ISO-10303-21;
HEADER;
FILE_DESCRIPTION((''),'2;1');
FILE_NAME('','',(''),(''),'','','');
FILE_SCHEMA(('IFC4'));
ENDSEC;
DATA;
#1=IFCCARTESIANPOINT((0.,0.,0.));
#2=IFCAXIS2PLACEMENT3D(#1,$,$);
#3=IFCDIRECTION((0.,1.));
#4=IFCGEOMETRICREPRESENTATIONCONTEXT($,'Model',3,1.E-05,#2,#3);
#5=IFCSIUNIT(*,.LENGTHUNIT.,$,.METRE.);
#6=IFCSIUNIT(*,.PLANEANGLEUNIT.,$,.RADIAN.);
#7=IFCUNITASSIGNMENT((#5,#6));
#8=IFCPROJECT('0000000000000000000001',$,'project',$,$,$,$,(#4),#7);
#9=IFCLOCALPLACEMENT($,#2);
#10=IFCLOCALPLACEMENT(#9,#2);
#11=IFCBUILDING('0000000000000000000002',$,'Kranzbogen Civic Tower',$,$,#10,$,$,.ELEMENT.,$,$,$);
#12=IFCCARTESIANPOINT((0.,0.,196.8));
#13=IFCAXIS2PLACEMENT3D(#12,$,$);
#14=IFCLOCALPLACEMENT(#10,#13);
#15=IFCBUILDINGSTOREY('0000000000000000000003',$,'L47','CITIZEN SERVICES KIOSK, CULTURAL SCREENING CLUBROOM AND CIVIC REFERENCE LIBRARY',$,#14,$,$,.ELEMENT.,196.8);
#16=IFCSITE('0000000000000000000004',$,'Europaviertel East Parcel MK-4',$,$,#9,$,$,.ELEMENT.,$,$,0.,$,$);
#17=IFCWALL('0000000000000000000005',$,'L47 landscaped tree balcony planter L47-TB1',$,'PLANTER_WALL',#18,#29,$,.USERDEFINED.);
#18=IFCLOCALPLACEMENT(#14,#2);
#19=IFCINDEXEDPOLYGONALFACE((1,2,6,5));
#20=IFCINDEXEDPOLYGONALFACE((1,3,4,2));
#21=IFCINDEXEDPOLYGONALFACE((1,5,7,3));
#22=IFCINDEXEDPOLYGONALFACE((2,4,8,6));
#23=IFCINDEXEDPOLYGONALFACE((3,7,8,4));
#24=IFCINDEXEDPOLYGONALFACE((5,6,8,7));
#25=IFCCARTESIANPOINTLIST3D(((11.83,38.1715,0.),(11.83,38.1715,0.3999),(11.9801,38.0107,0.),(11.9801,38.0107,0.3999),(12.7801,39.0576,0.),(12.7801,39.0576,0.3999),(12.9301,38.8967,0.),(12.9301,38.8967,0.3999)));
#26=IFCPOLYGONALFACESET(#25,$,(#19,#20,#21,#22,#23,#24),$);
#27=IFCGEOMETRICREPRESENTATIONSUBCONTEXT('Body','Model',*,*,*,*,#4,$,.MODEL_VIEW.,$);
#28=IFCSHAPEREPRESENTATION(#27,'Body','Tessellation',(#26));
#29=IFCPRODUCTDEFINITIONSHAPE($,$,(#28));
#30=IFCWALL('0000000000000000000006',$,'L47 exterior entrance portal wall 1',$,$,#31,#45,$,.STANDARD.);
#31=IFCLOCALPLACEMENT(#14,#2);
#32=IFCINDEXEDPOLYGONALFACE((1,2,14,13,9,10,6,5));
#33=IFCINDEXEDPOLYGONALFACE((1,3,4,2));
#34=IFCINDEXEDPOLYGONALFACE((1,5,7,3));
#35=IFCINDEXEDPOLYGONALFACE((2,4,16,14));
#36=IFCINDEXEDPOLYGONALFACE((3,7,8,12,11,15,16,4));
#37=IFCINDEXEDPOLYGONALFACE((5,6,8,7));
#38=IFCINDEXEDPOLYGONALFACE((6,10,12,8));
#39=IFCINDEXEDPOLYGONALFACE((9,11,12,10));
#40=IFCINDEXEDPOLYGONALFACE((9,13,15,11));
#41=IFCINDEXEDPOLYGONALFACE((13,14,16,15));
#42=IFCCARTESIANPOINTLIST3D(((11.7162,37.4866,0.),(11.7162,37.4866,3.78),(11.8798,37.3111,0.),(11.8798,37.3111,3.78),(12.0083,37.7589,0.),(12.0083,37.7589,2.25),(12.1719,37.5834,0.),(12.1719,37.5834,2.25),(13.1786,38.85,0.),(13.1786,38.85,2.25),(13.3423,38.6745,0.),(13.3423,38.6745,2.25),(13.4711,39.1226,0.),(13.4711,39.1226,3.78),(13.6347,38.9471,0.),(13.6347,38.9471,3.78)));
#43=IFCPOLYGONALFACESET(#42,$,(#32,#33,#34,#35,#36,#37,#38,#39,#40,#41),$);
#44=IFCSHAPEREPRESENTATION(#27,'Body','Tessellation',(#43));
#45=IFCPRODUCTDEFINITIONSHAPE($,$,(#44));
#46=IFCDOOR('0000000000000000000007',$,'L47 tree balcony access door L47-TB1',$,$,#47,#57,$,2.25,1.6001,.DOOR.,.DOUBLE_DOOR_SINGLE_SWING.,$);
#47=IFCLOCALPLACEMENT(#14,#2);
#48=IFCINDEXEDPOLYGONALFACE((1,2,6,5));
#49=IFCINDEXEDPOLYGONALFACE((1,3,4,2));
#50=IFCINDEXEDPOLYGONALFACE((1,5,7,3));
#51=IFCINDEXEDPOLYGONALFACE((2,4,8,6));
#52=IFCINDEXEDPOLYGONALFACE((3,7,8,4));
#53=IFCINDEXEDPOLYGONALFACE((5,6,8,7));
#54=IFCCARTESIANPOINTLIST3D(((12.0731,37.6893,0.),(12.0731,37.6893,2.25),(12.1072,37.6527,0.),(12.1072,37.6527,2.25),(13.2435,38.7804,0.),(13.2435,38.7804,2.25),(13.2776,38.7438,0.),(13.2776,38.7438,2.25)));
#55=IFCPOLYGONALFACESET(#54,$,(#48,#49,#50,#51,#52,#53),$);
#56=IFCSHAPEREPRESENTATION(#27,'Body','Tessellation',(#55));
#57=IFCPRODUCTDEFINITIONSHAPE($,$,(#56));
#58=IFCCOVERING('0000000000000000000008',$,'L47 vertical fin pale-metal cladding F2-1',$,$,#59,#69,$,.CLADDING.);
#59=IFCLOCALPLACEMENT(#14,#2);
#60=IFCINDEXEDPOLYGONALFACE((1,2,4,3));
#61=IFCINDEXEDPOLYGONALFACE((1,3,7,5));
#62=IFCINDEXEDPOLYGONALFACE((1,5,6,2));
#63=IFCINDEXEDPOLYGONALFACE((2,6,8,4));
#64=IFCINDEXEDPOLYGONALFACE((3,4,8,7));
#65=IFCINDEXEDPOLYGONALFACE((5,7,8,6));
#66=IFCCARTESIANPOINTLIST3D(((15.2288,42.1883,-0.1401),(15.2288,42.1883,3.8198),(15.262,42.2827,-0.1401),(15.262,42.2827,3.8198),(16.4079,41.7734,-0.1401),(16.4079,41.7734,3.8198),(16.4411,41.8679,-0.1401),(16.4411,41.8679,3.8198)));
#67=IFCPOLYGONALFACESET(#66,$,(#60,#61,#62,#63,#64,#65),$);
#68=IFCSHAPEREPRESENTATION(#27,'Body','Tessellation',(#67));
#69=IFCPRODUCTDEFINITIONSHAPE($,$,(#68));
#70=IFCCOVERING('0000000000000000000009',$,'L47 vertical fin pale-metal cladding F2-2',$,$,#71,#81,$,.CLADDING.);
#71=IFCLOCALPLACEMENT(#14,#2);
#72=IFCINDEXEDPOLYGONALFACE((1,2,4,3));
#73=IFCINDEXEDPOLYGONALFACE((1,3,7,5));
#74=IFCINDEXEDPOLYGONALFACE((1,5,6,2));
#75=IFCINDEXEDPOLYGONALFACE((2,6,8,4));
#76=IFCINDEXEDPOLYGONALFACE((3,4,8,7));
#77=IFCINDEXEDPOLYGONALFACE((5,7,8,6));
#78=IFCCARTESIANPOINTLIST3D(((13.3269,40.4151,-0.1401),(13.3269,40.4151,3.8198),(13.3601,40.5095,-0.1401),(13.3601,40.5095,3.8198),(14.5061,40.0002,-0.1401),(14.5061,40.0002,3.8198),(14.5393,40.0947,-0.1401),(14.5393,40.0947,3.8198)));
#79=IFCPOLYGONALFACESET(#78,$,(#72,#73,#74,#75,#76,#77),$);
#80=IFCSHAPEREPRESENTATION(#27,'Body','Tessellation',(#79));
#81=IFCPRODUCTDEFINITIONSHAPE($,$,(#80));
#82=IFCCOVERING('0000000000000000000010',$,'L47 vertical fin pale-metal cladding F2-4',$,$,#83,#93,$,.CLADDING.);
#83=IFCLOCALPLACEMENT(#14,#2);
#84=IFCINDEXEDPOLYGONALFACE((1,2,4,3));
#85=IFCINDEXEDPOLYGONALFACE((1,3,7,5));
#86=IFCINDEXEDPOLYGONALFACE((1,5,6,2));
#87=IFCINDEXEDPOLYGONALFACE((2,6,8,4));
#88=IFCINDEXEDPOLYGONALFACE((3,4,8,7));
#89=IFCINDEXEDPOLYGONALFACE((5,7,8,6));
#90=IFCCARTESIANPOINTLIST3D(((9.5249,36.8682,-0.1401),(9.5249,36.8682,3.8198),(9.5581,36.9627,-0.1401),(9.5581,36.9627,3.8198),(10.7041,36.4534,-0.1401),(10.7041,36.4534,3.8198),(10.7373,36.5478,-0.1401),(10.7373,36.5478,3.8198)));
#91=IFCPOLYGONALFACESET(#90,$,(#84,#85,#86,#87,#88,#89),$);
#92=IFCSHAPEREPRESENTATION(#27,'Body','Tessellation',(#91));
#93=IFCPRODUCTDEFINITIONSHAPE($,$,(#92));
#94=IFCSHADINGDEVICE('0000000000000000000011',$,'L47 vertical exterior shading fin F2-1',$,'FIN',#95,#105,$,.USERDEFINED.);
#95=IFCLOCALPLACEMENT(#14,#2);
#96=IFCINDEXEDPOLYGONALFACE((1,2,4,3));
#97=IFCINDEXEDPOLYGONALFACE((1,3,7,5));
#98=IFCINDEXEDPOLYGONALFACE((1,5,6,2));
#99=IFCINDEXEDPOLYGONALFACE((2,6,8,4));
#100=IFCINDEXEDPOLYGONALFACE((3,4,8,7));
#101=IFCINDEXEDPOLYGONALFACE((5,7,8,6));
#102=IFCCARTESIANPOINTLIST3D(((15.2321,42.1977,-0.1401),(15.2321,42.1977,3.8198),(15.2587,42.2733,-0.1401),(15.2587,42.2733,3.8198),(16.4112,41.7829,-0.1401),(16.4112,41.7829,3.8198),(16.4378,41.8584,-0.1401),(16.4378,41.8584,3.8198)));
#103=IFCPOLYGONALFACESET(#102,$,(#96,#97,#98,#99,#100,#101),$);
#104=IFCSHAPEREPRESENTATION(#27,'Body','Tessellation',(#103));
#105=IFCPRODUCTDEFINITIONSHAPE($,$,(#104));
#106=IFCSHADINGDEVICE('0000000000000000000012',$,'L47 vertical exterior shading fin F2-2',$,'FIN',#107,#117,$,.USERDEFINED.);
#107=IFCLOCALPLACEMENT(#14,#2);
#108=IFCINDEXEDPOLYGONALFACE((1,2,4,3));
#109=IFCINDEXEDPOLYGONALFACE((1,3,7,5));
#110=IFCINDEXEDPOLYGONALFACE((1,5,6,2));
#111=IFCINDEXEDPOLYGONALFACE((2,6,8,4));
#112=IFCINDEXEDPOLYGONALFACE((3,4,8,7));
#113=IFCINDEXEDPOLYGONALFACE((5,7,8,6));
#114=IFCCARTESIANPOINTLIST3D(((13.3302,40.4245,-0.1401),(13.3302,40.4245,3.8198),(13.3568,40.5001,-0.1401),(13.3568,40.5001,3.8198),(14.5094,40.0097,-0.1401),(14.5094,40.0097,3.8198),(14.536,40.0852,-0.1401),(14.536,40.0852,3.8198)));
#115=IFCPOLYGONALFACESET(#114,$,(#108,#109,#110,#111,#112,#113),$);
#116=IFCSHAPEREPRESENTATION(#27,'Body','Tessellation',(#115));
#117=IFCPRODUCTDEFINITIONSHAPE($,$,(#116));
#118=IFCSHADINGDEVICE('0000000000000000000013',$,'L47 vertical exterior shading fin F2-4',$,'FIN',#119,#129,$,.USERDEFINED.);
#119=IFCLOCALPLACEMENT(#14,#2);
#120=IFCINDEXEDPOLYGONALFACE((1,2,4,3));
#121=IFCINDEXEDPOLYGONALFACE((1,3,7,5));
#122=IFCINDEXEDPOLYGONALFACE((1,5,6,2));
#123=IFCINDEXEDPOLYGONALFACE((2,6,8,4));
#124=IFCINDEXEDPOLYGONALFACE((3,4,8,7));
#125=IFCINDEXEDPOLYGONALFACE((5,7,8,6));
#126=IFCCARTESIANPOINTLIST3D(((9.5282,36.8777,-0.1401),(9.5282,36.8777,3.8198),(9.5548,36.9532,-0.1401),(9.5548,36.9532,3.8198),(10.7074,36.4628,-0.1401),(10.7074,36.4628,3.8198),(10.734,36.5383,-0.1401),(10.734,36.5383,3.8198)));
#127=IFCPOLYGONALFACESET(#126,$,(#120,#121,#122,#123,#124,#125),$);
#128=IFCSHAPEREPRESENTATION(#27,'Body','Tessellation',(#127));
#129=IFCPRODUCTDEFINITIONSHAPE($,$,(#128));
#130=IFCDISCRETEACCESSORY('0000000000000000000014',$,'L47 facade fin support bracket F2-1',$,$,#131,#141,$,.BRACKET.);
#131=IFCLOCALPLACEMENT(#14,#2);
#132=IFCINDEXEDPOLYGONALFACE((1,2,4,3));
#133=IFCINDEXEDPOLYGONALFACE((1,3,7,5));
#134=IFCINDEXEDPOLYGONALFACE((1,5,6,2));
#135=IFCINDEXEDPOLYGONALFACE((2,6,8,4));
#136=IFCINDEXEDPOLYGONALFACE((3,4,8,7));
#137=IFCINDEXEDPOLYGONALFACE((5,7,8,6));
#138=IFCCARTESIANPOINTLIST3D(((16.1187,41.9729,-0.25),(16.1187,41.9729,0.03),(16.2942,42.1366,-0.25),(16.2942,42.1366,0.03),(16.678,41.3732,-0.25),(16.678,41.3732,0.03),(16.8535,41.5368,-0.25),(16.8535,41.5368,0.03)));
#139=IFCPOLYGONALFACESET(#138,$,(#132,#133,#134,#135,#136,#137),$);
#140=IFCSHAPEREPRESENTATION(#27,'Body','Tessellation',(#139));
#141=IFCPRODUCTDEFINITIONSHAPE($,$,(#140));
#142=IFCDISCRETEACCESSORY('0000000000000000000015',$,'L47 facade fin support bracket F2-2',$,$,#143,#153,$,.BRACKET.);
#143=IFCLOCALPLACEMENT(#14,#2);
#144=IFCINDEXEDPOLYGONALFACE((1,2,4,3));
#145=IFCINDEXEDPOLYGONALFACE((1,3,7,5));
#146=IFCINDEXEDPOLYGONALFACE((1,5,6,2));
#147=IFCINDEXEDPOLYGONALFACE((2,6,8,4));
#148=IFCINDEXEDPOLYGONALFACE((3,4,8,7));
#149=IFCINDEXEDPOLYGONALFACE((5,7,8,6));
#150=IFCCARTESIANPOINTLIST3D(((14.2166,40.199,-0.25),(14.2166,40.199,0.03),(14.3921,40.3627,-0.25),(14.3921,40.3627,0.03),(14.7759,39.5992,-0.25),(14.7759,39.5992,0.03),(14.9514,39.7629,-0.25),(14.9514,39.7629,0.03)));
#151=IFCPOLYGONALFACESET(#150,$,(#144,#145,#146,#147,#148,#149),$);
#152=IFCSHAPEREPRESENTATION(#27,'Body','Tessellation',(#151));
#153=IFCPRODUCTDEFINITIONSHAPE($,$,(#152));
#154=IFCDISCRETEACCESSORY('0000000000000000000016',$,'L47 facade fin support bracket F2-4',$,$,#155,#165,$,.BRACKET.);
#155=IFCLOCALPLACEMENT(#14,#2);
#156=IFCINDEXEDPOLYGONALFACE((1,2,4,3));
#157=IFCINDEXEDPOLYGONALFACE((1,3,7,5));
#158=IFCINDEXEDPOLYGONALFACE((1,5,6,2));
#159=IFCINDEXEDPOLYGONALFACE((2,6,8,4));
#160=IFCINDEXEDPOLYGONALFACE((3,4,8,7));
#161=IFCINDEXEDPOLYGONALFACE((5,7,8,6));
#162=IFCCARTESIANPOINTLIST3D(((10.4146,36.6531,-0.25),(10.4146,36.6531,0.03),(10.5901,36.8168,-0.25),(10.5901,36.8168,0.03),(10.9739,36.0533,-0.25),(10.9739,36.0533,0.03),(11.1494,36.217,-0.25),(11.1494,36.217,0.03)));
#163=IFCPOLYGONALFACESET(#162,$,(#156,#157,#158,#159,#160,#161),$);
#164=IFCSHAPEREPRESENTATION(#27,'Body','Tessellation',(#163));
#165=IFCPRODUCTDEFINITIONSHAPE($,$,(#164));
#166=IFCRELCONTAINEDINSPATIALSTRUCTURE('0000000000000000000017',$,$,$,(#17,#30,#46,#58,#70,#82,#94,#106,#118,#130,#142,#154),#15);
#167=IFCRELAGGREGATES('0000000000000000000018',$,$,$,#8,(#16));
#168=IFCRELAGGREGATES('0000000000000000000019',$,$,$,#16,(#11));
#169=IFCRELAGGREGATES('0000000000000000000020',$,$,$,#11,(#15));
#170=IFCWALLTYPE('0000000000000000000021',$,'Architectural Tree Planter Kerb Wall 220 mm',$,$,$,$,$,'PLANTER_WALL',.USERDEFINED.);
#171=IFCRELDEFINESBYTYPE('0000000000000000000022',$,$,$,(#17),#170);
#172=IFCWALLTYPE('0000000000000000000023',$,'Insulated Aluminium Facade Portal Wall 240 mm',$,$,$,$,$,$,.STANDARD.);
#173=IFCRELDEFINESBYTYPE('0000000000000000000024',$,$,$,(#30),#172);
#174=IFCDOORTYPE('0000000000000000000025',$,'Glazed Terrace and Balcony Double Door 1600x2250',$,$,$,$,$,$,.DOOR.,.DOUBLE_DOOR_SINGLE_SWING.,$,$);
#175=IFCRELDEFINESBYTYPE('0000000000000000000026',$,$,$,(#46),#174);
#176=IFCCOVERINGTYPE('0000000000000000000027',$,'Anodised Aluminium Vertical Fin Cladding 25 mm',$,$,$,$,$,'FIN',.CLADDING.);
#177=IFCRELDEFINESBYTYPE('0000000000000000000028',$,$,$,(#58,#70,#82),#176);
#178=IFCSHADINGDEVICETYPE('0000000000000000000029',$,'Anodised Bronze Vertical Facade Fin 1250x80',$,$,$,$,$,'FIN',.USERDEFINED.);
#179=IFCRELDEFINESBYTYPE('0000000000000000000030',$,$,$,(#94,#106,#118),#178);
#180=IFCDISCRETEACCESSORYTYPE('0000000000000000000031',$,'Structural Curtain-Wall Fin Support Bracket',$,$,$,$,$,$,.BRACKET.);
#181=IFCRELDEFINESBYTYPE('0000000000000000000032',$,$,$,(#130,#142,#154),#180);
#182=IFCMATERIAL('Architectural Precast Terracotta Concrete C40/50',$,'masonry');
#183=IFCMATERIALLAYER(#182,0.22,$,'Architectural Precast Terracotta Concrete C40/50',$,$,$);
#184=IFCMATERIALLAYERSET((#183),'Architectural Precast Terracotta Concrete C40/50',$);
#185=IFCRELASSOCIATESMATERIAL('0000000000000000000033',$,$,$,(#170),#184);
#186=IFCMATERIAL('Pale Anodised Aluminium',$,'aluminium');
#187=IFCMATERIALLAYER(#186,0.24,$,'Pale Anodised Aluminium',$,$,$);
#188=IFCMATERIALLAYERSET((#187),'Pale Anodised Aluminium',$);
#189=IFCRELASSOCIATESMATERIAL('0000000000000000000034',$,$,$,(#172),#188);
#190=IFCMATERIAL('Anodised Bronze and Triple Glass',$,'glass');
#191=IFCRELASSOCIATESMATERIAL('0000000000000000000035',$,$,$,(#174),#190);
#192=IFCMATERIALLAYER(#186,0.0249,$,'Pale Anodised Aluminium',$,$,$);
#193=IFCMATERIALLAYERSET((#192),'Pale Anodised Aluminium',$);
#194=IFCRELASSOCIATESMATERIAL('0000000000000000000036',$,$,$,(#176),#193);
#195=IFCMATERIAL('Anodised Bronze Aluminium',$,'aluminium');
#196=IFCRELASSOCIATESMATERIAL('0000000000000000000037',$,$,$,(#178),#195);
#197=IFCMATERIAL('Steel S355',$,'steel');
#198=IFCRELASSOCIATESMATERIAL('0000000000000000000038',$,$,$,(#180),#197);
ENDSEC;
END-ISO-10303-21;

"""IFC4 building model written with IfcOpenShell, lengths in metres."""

from ifc_helpers import new_model, si_unit, direction, frame, frame_2d, origin, origin_2d, place, context, subcontext, project, spatial, rectangle, extrude, material, layer, layer_set, type_object, element, fill, save


model = new_model("IFC4")

# Units and contexts
model_context = context("Model", 3, precision=1e-05, world=origin(), true_north=direction((0.0, 1.0)))
body_context = subcontext(model_context, "Body", "Model", "MODEL_VIEW")
ifc_project = project(units=[si_unit("LENGTHUNIT", "METRE"), si_unit("PLANEANGLEUNIT", "RADIAN")], contexts=[model_context])

# Site, building, storey
site_placement = place(None, origin())
site = spatial("IfcSite", under=ifc_project, at=site_placement, Name="Europaviertel East Parcel MK-4", CompositionType="ELEMENT", RefElevation=0.0)
building_placement = place(site_placement, origin())
building = spatial("IfcBuilding", under=site, at=building_placement, Name="Kranzbogen Civic Tower", CompositionType="ELEMENT")
storey_placement = place(building_placement, frame((0.0, 0.0, 196.8)))
storey = spatial("IfcBuildingStorey", under=building, at=storey_placement, Name="L47", Description="CITIZEN SERVICES KIOSK, CULTURAL SCREENING CLUBROOM AND CIVIC REFERENCE LIBRARY", CompositionType="ELEMENT", Elevation=196.8)

# Shared definitions
ifc_material_1 = material(Name="Steel S355", Category="steel")

# Shared definitions
ifc_material_2 = material(Name="Pale Anodised Aluminium", Category="aluminium")

# Wall
ifc_material_3 = material(Name="Architectural Precast Terracotta Concrete C40/50", Category="masonry")
ifc_layer_1 = layer(ifc_material_3, 0.22, Name="Architectural Precast Terracotta Concrete C40/50")
ifc_layer_set_1 = layer_set([ifc_layer_1], Name="Architectural Precast Terracotta Concrete C40/50")
wall_type_1 = type_object("IfcWallType", Name="Architectural Tree Planter Kerb Wall 220 mm", ElementType="PLANTER_WALL", PredefinedType="USERDEFINED", material=ifc_layer_set_1)
wall_1_placement = place(storey_placement, frame((12.855, 38.9771, 0.0), z_axis=(0.0, 0.0, 1.0), x_axis=(-0.731299, -0.682057, 0.0)))
element("IfcWall", 1, at=wall_1_placement, inside=storey, type_object=wall_type_1, Name="L47 landscaped tree balcony planter L47-TB1", ObjectType="PLANTER_WALL", PredefinedType="USERDEFINED", context=body_context, shape_type="SweptSolid", body=[
    extrude(rectangle(XDim=1.2991, YDim=0.22, at=frame_2d((0.6494, 0.0))), origin(), (0.0, 0.0, 1.0), 0.3999),
])

# Wall, opening, door
ifc_layer_2 = layer(ifc_material_2, 0.24, Name="Pale Anodised Aluminium")
ifc_layer_set_2 = layer_set([ifc_layer_2], Name="Pale Anodised Aluminium")
wall_type_2 = type_object("IfcWallType", Name="Insulated Aluminium Facade Portal Wall 240 mm", PredefinedType="STANDARD", material=ifc_layer_set_2)
wall_2_placement = place(storey_placement, frame((13.553, 39.0349, 0.0), z_axis=(0.0, 0.0, 1.0), x_axis=(-0.731451, -0.681894, 0.0)))
wall_2 = element("IfcWall", 2, at=wall_2_placement, inside=storey, type_object=wall_type_2, Name="L47 exterior entrance portal wall 1", PredefinedType="STANDARD", context=body_context, shape_type="SweptSolid", body=[
    extrude(rectangle(XDim=2.3992, YDim=0.24, at=frame_2d((1.1997, 0.0))), origin(), (0.0, 0.0, 1.0), 3.78),
])
opening_1_placement = place(wall_2_placement, frame((0.3999, 0.0, 0.0)))
opening_1 = element("IfcOpeningElement", 3, at=opening_1_placement, cuts=wall_2, PredefinedType="OPENING", context=body_context, shape_type="SweptSolid", body=[
    extrude(rectangle(XDim=1.6001, YDim=2.25, at=frame_2d((0.8, 1.125))), frame((0.0, 0.1299, 0.0), z_axis=(0.0, -1.0, 0.0), x_axis=(1.0, 0.0, 0.0)), (0.0, 0.0, 1.0), 0.26),
])
ifc_material_4 = material(Name="Anodised Bronze and Triple Glass", Category="glass")
door_type_1 = type_object("IfcDoorType", Name="Glazed Terrace and Balcony Double Door 1600x2250", OperationType="DOUBLE_DOOR_SINGLE_SWING", PredefinedType="DOOR", material=ifc_material_4)
door_1_placement = place(opening_1_placement, frame((1.6001, 0.0, 0.0), z_axis=(0.0, 0.0, 1.0), x_axis=(-1.0, 0.0, 0.0)))
door_1 = element("IfcDoor", 4, at=door_1_placement, inside=storey, type_object=door_type_1, Name="L47 tree balcony access door L47-TB1", OperationType="DOUBLE_DOOR_SINGLE_SWING", OverallHeight=2.25, OverallWidth=1.6001, PredefinedType="DOOR", context=body_context, shape_type="SweptSolid", body=[
    extrude(rectangle(XDim=1.6001, YDim=2.25, at=frame_2d((0.8, 1.125))), frame((0.0, 0.0249, 0.0), z_axis=(0.0, -1.0, 0.0), x_axis=(1.0, 0.0, 0.0)), (0.0, 0.0, 1.0), 0.05),
])
fill(opening_1, door_1)

# Coverings
ifc_layer_3 = layer(ifc_material_2, 0.0249, Name="Pale Anodised Aluminium")
ifc_layer_set_3 = layer_set([ifc_layer_3], Name="Pale Anodised Aluminium")
covering_type = type_object("IfcCoveringType", Name="Anodised Aluminium Vertical Fin Cladding 25 mm", ElementType="FIN", PredefinedType="CLADDING", material=ifc_layer_set_3)
for number, where, z_axis, x_axis, name in (
    (5, (15.835, 42.0281, -0.1401), (0.0, 0.0, 1.0), (-0.943315, 0.331898, 0.0), "L47 vertical fin pale-metal cladding F2-1"),
    (6, (13.9331, 40.2549, -0.1401), (0.0, 0.0, 1.0), (-0.943315, 0.331898, 0.0), "L47 vertical fin pale-metal cladding F2-2"),
    (7, (10.1311, 36.708, -0.1401), (0.0, 0.0, 1.0), (-0.943315, 0.331898, 0.0), "L47 vertical fin pale-metal cladding F2-4"),
):
    element("IfcCovering", number, at=place(storey_placement, frame(where, z_axis=z_axis, x_axis=x_axis)), inside=storey, type_object=covering_type, Name=name, PredefinedType="CLADDING", context=body_context, shape_type="SweptSolid", body=[
        extrude(rectangle(XDim=1.25, YDim=0.1001, at=origin_2d()), origin(), (0.0, 0.0, 1.0), 3.96),
    ])

# Shading devices
ifc_material_5 = material(Name="Anodised Bronze Aluminium", Category="aluminium")
shading_device_type = type_object("IfcShadingDeviceType", Name="Anodised Bronze Vertical Facade Fin 1250x80", ElementType="FIN", PredefinedType="USERDEFINED", material=ifc_material_5)
for number, where, z_axis, x_axis, name in (
    (8, (15.835, 42.0281, -0.1401), (0.0, 0.0, 1.0), (-0.943315, 0.331898, 0.0), "L47 vertical exterior shading fin F2-1"),
    (9, (13.9331, 40.2549, -0.1401), (0.0, 0.0, 1.0), (-0.943315, 0.331898, 0.0), "L47 vertical exterior shading fin F2-2"),
    (10, (10.1311, 36.708, -0.1401), (0.0, 0.0, 1.0), (-0.943315, 0.331898, 0.0), "L47 vertical exterior shading fin F2-4"),
):
    element("IfcShadingDevice", number, at=place(storey_placement, frame(where, z_axis=z_axis, x_axis=x_axis)), inside=storey, type_object=shading_device_type, Name=name, ObjectType="FIN", PredefinedType="USERDEFINED", context=body_context, shape_type="SweptSolid", body=[
        extrude(rectangle(XDim=1.25, YDim=0.0801, at=origin_2d()), origin(), (0.0, 0.0, 1.0), 3.96),
    ])

# Discrete accessories
discrete_accessory_type = type_object("IfcDiscreteAccessoryType", Name="Structural Curtain-Wall Fin Support Bracket", PredefinedType="BRACKET", material=ifc_material_1)
for number, where, z_axis, x_axis, name in (
    (11, (16.4861, 41.7549, -0.25), (0.0, 0.0, 1.0), (-0.681998, 0.731354, 0.0), "L47 facade fin support bracket F2-1"),
    (12, (14.584, 39.981, -0.25), (0.0, 0.0, 1.0), (-0.681998, 0.731354, 0.0), "L47 facade fin support bracket F2-2"),
    (13, (10.782, 36.4351, -0.25), (0.0, 0.0, 1.0), (-0.681998, 0.731354, 0.0), "L47 facade fin support bracket F2-4"),
):
    element("IfcDiscreteAccessory", number, at=place(storey_placement, frame(where, z_axis=z_axis, x_axis=x_axis)), inside=storey, type_object=discrete_accessory_type, Name=name, PredefinedType="BRACKET", context=body_context, shape_type="SweptSolid", body=[
        extrude(rectangle(XDim=0.8201, YDim=0.24, at=origin_2d()), origin(), (0.0, 0.0, 1.0), 0.28),
    ])

save(model, "model.ifc")
